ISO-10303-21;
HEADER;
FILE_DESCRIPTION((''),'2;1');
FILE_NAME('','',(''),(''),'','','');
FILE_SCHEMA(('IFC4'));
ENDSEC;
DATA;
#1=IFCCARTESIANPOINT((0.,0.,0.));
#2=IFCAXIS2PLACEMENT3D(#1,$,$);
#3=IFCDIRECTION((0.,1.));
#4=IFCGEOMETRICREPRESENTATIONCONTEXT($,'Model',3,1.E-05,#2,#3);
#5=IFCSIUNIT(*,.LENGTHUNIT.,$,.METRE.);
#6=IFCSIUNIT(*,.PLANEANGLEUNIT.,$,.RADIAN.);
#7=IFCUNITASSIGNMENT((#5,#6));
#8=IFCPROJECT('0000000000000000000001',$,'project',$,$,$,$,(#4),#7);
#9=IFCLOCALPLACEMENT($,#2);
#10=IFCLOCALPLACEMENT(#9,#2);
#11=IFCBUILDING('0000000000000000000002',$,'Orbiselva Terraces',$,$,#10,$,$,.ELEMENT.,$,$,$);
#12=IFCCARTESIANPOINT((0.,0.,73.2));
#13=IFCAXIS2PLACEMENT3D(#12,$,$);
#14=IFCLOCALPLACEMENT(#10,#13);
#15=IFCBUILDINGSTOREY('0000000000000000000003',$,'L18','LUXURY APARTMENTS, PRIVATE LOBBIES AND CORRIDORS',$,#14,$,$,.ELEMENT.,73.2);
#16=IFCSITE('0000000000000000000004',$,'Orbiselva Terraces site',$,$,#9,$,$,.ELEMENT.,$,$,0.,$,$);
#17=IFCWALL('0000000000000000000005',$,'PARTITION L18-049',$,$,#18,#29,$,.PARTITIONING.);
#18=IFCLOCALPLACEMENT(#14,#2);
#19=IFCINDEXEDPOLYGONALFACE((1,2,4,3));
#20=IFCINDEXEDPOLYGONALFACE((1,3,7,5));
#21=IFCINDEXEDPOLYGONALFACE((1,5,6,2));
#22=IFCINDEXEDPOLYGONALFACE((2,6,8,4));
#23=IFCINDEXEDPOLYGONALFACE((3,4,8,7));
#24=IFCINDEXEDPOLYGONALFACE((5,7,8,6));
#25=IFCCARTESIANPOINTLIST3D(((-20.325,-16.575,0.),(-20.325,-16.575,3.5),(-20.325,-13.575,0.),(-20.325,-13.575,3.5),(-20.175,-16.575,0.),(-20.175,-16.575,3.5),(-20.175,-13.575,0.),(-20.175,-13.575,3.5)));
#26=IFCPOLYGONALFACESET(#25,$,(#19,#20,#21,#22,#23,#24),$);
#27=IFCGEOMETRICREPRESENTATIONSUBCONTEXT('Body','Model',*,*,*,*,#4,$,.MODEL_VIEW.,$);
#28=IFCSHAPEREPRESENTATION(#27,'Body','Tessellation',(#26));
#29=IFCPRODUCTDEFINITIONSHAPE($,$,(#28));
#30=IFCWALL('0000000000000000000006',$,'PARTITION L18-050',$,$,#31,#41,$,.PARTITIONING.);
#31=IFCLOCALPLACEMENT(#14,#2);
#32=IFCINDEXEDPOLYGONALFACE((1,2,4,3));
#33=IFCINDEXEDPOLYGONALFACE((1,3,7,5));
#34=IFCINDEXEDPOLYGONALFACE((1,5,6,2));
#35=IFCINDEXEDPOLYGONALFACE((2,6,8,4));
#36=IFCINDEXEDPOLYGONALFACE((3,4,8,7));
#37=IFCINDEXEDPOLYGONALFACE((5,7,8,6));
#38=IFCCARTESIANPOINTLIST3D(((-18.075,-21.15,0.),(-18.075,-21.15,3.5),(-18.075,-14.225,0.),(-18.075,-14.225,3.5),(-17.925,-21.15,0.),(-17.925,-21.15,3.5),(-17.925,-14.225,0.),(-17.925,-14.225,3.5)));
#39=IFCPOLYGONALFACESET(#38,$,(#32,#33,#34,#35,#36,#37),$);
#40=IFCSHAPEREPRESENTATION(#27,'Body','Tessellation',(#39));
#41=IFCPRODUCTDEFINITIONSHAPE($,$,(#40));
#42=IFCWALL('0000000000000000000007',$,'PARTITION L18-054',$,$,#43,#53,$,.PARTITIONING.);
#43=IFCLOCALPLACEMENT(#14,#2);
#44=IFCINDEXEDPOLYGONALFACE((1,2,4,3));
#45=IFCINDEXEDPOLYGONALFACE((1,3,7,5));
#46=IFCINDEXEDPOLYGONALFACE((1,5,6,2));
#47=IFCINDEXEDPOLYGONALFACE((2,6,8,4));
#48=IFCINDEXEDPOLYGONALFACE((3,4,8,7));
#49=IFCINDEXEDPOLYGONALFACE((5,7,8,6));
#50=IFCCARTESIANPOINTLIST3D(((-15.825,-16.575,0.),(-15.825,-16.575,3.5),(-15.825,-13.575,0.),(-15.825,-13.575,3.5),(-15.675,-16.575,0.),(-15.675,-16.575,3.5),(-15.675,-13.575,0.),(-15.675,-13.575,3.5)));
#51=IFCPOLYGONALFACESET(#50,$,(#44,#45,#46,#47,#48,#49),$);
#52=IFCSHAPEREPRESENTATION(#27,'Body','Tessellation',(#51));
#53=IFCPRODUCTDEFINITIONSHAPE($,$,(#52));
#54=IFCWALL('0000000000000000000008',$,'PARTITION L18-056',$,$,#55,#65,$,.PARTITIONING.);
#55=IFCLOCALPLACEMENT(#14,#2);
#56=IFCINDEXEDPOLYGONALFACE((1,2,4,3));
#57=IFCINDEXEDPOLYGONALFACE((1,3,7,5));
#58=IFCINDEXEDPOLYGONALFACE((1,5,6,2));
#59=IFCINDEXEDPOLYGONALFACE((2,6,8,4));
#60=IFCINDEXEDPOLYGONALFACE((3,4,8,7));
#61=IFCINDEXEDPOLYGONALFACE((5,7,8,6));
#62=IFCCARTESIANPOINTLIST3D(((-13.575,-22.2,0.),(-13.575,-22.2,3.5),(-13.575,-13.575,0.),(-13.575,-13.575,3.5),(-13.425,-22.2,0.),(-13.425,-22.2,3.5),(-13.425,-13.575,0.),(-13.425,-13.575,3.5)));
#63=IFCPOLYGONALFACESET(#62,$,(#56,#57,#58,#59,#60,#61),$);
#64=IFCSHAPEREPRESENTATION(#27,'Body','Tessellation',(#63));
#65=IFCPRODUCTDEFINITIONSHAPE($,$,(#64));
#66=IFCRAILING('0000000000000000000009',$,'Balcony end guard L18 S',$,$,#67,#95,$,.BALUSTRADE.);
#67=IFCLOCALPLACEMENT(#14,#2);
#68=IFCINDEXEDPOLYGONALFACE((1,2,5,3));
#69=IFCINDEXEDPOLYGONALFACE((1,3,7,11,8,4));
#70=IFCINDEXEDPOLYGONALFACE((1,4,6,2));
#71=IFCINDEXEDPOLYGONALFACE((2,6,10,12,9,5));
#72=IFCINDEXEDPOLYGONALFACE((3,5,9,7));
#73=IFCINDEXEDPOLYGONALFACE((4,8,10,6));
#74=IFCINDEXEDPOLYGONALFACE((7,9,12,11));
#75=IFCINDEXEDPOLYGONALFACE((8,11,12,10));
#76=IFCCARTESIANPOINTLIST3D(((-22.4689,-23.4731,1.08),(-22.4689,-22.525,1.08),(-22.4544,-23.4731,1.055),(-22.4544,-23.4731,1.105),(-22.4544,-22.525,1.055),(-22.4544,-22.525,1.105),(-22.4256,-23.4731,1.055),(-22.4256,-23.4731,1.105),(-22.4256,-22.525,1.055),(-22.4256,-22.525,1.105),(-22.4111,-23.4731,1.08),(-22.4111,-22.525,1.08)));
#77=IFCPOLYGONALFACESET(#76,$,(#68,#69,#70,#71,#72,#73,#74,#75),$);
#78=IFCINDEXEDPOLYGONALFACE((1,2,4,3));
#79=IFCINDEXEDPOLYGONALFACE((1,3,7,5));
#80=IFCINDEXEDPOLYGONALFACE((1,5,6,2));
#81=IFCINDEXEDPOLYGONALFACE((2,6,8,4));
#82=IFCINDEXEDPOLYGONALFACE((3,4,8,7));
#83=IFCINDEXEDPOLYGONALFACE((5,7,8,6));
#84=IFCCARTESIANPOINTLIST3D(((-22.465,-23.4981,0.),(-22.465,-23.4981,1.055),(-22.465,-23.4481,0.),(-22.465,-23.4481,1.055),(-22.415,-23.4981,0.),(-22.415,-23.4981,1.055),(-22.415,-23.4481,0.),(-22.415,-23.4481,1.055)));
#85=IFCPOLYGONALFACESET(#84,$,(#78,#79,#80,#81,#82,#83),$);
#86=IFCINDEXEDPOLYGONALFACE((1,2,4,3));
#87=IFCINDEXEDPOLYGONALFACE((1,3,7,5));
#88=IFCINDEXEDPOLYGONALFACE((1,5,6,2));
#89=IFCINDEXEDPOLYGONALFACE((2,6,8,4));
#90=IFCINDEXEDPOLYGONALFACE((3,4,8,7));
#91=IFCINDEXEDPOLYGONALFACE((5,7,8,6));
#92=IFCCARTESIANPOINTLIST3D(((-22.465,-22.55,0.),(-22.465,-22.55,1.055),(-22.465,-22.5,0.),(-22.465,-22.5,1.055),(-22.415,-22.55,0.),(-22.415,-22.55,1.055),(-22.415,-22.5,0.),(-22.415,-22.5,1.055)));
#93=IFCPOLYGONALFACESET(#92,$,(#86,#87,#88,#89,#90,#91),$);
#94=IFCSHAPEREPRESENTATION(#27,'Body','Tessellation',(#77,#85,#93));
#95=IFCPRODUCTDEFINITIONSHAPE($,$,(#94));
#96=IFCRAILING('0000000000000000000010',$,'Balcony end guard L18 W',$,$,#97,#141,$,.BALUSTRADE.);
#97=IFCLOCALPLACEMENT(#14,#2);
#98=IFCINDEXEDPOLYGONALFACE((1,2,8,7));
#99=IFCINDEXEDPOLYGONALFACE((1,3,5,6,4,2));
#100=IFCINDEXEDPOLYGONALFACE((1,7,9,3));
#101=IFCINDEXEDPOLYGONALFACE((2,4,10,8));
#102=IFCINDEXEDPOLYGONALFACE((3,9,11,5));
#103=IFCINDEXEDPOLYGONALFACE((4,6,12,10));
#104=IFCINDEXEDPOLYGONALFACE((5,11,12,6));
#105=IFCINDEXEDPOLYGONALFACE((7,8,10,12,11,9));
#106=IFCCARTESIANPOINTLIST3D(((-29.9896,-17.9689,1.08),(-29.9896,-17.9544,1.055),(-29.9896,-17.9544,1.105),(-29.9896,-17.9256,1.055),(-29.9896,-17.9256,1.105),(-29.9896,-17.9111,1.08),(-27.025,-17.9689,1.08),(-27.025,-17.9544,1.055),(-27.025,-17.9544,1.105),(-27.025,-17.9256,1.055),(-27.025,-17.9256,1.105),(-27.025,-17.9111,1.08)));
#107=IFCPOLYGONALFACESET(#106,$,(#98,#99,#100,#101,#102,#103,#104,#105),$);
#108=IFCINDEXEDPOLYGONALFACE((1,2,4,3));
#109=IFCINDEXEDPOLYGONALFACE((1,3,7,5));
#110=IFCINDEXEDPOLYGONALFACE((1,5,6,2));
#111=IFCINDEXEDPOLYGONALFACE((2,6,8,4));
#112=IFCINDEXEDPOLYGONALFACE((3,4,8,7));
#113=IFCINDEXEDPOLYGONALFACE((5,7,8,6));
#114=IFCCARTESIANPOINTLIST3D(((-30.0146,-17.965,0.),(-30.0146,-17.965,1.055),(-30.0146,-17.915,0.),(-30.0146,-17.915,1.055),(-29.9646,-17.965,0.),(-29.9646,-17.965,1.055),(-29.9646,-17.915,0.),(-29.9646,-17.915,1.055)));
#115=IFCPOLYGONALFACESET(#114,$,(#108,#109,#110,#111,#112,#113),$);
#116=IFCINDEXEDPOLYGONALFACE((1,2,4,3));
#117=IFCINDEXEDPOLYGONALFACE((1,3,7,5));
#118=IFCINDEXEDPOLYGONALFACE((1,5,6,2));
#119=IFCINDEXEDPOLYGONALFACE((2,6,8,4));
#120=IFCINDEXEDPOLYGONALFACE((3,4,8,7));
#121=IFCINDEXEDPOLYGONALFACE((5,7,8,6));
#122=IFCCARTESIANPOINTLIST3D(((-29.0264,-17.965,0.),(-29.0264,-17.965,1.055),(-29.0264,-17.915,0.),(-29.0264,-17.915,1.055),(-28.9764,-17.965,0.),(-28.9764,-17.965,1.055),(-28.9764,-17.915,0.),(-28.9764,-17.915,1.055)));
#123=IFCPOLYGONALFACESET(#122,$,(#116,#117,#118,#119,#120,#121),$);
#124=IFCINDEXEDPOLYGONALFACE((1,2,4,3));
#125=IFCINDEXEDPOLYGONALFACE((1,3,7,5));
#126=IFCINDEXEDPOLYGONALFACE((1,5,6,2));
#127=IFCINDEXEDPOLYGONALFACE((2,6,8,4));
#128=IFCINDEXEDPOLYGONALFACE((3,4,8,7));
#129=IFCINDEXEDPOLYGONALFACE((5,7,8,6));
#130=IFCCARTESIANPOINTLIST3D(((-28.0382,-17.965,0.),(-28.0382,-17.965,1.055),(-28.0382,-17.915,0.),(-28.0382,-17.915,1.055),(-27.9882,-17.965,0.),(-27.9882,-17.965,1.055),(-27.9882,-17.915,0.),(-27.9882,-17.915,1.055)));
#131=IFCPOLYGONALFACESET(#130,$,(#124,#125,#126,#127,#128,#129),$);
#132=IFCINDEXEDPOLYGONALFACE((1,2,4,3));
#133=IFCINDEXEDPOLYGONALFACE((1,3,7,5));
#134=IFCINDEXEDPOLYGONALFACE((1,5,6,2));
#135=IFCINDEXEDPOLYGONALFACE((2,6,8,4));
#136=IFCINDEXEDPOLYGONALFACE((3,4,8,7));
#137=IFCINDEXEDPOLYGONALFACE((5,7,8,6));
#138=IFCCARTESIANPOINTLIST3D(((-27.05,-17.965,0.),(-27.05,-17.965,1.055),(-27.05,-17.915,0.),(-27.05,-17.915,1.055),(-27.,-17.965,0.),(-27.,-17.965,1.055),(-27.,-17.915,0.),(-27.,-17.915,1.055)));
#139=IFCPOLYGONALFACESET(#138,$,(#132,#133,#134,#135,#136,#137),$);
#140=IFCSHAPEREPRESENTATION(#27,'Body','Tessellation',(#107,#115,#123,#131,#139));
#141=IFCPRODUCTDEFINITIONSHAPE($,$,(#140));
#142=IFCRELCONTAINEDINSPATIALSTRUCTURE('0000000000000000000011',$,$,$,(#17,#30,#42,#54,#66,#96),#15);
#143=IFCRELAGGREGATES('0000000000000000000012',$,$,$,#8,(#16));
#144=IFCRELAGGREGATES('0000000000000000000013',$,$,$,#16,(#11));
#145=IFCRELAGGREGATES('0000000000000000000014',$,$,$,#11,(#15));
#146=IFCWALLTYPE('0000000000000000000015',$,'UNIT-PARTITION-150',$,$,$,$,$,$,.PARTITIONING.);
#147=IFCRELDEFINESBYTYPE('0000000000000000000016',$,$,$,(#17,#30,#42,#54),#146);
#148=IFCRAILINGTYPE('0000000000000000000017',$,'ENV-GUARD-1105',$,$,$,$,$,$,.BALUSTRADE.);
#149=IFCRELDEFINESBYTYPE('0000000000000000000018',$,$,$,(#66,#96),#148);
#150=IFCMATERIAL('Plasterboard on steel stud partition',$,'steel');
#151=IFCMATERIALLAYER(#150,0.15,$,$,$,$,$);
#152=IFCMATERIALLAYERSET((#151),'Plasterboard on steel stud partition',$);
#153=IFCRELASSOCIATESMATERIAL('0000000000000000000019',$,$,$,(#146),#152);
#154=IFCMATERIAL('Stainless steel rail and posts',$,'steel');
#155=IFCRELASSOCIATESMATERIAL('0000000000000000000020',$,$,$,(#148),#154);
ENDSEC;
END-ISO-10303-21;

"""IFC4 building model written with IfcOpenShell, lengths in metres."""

from ifc_helpers import new_model, si_unit, direction, frame, frame_2d, origin, origin_2d, place, context, subcontext, project, spatial, polyline, rectangle, outline, extrude, material, layer, layer_set, type_object, element, save


model = new_model("IFC4")

# Units and contexts
model_context = context("Model", 3, precision=1e-05, world=origin(), true_north=direction((0.0, 1.0)))
body_context = subcontext(model_context, "Body", "Model", "MODEL_VIEW")
ifc_project = project(units=[si_unit("LENGTHUNIT", "METRE"), si_unit("PLANEANGLEUNIT", "RADIAN")], contexts=[model_context])

# Site, building, storey
site_placement = place(None, origin())
site = spatial("IfcSite", under=ifc_project, at=site_placement, Name="Orbiselva Terraces site", CompositionType="ELEMENT", RefElevation=0.0)
building_placement = place(site_placement, origin())
building = spatial("IfcBuilding", under=site, at=building_placement, Name="Orbiselva Terraces", CompositionType="ELEMENT")
storey_placement = place(building_placement, frame((0.0, 0.0, 73.2)))
storey = spatial("IfcBuildingStorey", under=building, at=storey_placement, Name="L18", Description="LUXURY APARTMENTS, PRIVATE LOBBIES AND CORRIDORS", CompositionType="ELEMENT", Elevation=73.2)

# Shared definitions
ifc_material_1 = material(Name="Plasterboard on steel stud partition", Category="steel")
ifc_layer_1 = layer(ifc_material_1, 0.15)
ifc_layer_set_1 = layer_set([ifc_layer_1], Name="Plasterboard on steel stud partition")
wall_type_1 = type_object("IfcWallType", Name="UNIT-PARTITION-150", PredefinedType="PARTITIONING", material=ifc_layer_set_1)

# Walls
wall_1_placement = place(storey_placement, frame((-20.25, -16.575, 0.0), z_axis=(0.0, 0.0, 1.0), x_axis=(0.0, 1.0, 0.0)))
element("IfcWall", 1, at=wall_1_placement, inside=storey, type_object=wall_type_1, Name="PARTITION L18-049", PredefinedType="PARTITIONING", context=body_context, shape_type="SweptSolid", body=[
    extrude(rectangle(XDim=3.0, YDim=0.15, at=frame_2d((1.5, 0.0))), origin(), (0.0, 0.0, 1.0), 3.5),
])
wall_2_placement = place(storey_placement, frame((-18.0, -21.15, 0.0), z_axis=(0.0, 0.0, 1.0), x_axis=(0.0, 1.0, 0.0)))
element("IfcWall", 2, at=wall_2_placement, inside=storey, type_object=wall_type_1, Name="PARTITION L18-050", PredefinedType="PARTITIONING", context=body_context, shape_type="SweptSolid", body=[
    extrude(rectangle(XDim=6.925, YDim=0.15, at=frame_2d((3.4625, 0.0))), origin(), (0.0, 0.0, 1.0), 3.5),
])
wall_3_placement = place(storey_placement, frame((-15.75, -16.575, 0.0), z_axis=(0.0, 0.0, 1.0), x_axis=(0.0, 1.0, 0.0)))
element("IfcWall", 3, at=wall_3_placement, inside=storey, type_object=wall_type_1, Name="PARTITION L18-054", PredefinedType="PARTITIONING", context=body_context, shape_type="SweptSolid", body=[
    extrude(rectangle(XDim=3.0, YDim=0.15, at=frame_2d((1.5, 0.0))), origin(), (0.0, 0.0, 1.0), 3.5),
])
wall_4_placement = place(storey_placement, frame((-13.5, -22.2, 0.0), z_axis=(0.0, 0.0, 1.0), x_axis=(0.0, 1.0, 0.0)))
element("IfcWall", 4, at=wall_4_placement, inside=storey, type_object=wall_type_1, Name="PARTITION L18-056", PredefinedType="PARTITIONING", context=body_context, shape_type="SweptSolid", body=[
    extrude(rectangle(XDim=8.625, YDim=0.15, at=frame_2d((4.3125, 0.0))), origin(), (0.0, 0.0, 1.0), 3.5),
])

# Railings
ifc_material_2 = material(Name="Stainless steel rail and posts", Category="steel")
railing_type_1 = type_object("IfcRailingType", Name="ENV-GUARD-1105", PredefinedType="BALUSTRADE", material=ifc_material_2)
railing_1_placement = place(storey_placement, frame((-22.44, -23.4731, 0.0)))
element("IfcRailing", 5, at=railing_1_placement, inside=storey, type_object=railing_type_1, Name="Balcony end guard L18 S", PredefinedType="BALUSTRADE", context=body_context, shape_type="SweptSolid", body=[
    extrude(outline(polyline([(0.0289, 0.0), (0.0144, 0.025), (-0.0144, 0.025), (-0.0289, 0.0), (-0.0144, -0.025), (0.0144, -0.025), (0.0289, 0.0)])), frame((0.0, 0.0, 1.08), z_axis=(0.0, 1.0, 0.0), x_axis=(-1.0, 0.0, 0.0)), (0.0, 0.0, 1.0), 0.9481),
    extrude(rectangle(XDim=0.05, YDim=0.05, at=origin_2d()), origin(), (0.0, 0.0, 1.0), 1.055),
    extrude(rectangle(XDim=0.05, YDim=0.05, at=origin_2d()), frame((0.0, 0.9481, 0.0)), (0.0, 0.0, 1.0), 1.055),
])
railing_2_placement = place(storey_placement, frame((-29.9896, -17.94, 0.0)))
element("IfcRailing", 6, at=railing_2_placement, inside=storey, type_object=railing_type_1, Name="Balcony end guard L18 W", PredefinedType="BALUSTRADE", context=body_context, shape_type="SweptSolid", body=[
    extrude(outline(polyline([(0.0289, 0.0), (0.0144, 0.025), (-0.0144, 0.025), (-0.0289, 0.0), (-0.0144, -0.025), (0.0144, -0.025), (0.0289, 0.0)])), frame((0.0, 0.0, 1.08), z_axis=(1.0, 0.0, 0.0), x_axis=(0.0, 1.0, 0.0)), (0.0, 0.0, 1.0), 2.9646),
    extrude(rectangle(XDim=0.05, YDim=0.05, at=origin_2d()), origin(), (0.0, 0.0, 1.0), 1.055),
    extrude(rectangle(XDim=0.05, YDim=0.05, at=origin_2d()), frame((0.9882, 0.0, 0.0)), (0.0, 0.0, 1.0), 1.055),
    extrude(rectangle(XDim=0.05, YDim=0.05, at=origin_2d()), frame((1.9764, 0.0, 0.0)), (0.0, 0.0, 1.0), 1.055),
    extrude(rectangle(XDim=0.05, YDim=0.05, at=origin_2d()), frame((2.9646, 0.0, 0.0)), (0.0, 0.0, 1.0), 1.055),
])

save(model, "model.ifc")
